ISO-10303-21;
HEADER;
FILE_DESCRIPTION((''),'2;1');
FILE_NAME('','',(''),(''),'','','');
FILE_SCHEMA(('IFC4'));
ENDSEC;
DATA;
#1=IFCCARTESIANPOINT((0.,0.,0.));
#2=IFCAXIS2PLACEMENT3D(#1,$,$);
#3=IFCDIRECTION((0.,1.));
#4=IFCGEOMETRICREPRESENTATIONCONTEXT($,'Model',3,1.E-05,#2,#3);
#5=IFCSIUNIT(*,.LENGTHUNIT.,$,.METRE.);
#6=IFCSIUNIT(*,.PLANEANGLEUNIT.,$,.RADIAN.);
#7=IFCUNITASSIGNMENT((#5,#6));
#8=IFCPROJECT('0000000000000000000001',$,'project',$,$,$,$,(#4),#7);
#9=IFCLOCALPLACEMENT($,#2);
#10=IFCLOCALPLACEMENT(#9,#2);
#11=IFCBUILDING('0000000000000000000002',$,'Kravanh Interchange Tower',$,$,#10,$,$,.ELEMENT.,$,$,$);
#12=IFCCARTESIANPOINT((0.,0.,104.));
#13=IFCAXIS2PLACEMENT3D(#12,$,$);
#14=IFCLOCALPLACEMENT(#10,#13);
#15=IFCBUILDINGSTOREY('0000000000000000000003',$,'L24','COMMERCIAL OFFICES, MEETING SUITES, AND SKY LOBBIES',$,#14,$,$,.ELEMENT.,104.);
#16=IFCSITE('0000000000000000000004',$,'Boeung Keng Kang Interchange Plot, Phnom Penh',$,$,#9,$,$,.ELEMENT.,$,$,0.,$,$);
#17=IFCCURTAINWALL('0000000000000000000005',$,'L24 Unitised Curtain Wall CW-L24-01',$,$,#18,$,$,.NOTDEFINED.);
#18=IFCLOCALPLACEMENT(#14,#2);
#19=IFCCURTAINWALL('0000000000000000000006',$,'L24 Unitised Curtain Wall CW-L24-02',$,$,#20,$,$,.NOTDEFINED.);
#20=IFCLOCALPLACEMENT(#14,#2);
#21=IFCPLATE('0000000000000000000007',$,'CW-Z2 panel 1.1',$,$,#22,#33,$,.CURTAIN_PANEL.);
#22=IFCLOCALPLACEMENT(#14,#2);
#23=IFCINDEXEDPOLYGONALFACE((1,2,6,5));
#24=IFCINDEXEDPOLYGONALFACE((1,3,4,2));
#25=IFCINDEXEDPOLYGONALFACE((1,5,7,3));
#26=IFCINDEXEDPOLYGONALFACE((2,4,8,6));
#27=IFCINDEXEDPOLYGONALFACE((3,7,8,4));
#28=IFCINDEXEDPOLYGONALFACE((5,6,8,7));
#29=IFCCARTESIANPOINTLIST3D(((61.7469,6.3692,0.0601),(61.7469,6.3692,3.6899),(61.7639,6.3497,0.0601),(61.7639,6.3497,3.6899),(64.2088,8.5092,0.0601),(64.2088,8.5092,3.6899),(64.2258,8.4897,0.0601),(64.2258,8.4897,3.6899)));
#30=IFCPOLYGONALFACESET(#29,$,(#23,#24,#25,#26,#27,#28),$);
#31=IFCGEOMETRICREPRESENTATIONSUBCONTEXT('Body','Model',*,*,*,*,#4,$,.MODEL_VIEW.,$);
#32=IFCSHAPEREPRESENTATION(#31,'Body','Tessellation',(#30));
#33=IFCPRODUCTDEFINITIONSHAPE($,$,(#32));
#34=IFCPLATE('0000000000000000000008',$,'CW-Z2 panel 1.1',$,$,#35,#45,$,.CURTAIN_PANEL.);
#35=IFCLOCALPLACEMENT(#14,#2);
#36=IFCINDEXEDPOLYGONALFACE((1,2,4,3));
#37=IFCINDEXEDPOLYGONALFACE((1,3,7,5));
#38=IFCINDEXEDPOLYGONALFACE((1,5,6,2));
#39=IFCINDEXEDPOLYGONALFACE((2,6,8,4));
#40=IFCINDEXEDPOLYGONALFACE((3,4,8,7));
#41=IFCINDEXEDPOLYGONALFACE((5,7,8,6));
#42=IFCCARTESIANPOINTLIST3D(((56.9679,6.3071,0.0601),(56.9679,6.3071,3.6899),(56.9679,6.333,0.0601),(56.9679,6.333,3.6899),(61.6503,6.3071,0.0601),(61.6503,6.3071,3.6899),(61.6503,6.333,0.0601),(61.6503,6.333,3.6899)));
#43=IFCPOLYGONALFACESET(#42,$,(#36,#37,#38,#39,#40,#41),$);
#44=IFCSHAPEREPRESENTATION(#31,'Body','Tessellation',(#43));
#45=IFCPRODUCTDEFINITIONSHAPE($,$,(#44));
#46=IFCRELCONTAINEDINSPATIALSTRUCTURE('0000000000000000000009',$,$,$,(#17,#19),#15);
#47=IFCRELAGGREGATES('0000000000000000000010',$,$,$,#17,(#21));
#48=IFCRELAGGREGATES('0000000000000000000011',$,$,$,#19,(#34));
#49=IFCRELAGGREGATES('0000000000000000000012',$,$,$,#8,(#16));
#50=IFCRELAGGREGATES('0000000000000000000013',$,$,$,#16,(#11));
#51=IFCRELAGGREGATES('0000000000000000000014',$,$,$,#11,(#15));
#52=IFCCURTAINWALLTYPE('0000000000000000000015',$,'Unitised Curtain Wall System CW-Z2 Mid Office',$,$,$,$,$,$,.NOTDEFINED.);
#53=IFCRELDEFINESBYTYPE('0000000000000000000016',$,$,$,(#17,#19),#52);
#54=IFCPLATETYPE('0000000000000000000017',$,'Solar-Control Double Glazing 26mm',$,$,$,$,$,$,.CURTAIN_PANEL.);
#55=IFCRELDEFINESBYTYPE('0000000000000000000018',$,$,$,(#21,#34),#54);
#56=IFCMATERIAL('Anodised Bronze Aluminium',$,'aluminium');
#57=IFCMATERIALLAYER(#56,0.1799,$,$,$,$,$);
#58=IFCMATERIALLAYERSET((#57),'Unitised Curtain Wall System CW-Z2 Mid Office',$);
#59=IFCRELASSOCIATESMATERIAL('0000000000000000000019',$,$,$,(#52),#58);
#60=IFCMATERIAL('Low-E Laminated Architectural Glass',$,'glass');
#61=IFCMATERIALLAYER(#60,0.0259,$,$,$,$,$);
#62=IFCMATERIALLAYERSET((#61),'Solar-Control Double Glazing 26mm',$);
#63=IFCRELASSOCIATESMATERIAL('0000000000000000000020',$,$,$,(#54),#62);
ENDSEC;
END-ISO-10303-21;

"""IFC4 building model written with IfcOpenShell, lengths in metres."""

from ifc_helpers import new_model, si_unit, direction, frame, origin, origin_2d, place, context, subcontext, project, spatial, rectangle, extrude, material, layer, layer_set, type_object, element, aggregate, save


model = new_model("IFC4")

# Units and contexts
model_context = context("Model", 3, precision=1e-05, world=origin(), true_north=direction((0.0, 1.0)))
body_context = subcontext(model_context, "Body", "Model", "MODEL_VIEW")
ifc_project = project(units=[si_unit("LENGTHUNIT", "METRE"), si_unit("PLANEANGLEUNIT", "RADIAN")], contexts=[model_context])

# Site, building, storey
site_placement = place(None, origin())
site = spatial("IfcSite", under=ifc_project, at=site_placement, Name="Boeung Keng Kang Interchange Plot, Phnom Penh", CompositionType="ELEMENT", RefElevation=0.0)
building_placement = place(site_placement, origin())
building = spatial("IfcBuilding", under=site, at=building_placement, Name="Kravanh Interchange Tower", CompositionType="ELEMENT")
storey_placement = place(building_placement, frame((0.0, 0.0, 104.0)))
storey = spatial("IfcBuildingStorey", under=building, at=storey_placement, Name="L24", Description="COMMERCIAL OFFICES, MEETING SUITES, AND SKY LOBBIES", CompositionType="ELEMENT", Elevation=104.0)

# Curtain walls
ifc_material_1 = material(Name="Anodised Bronze Aluminium", Category="aluminium")
ifc_layer_1 = layer(ifc_material_1, 0.1799)
ifc_layer_set_1 = layer_set([ifc_layer_1], Name="Unitised Curtain Wall System CW-Z2 Mid Office")
curtain_wall_type = type_object("IfcCurtainWallType", Name="Unitised Curtain Wall System CW-Z2 Mid Office", PredefinedType="NOTDEFINED", material=ifc_layer_set_1)
curtain_wall_1_placement = place(storey_placement, origin())
curtain_wall_1 = element("IfcCurtainWall", 1, at=curtain_wall_1_placement, inside=storey, type_object=curtain_wall_type, Name="L24 Unitised Curtain Wall CW-L24-01", PredefinedType="NOTDEFINED")
curtain_wall_2_placement = place(storey_placement, origin())
curtain_wall_2 = element("IfcCurtainWall", 2, at=curtain_wall_2_placement, inside=storey, type_object=curtain_wall_type, Name="L24 Unitised Curtain Wall CW-L24-02", PredefinedType="NOTDEFINED")

# Plates
ifc_material_2 = material(Name="Low-E Laminated Architectural Glass", Category="glass")
ifc_layer_2 = layer(ifc_material_2, 0.0259)
ifc_layer_set_2 = layer_set([ifc_layer_2], Name="Solar-Control Double Glazing 26mm")
plate_type = type_object("IfcPlateType", Name="Solar-Control Double Glazing 26mm", PredefinedType="CURTAIN_PANEL", material=ifc_layer_set_2)
plate_1_placement = place(storey_placement, frame((62.9863, 7.4294, 0.0601), z_axis=(0.0, 0.0, 1.0), x_axis=(-0.754719, -0.656048, 0.0)))
plate_1 = element("IfcPlate", 3, at=plate_1_placement, type_object=plate_type, Name="CW-Z2 panel 1.1", PredefinedType="CURTAIN_PANEL", context=body_context, shape_type="SweptSolid", body=[
    extrude(rectangle(XDim=3.262, YDim=0.0259, at=origin_2d()), origin(), (0.0, 0.0, 1.0), 3.6299),
])
aggregate(curtain_wall_1, [plate_1])
plate_2_placement = place(storey_placement, frame((59.3091, 6.3201, 0.0601), z_axis=(0.0, 0.0, 1.0), x_axis=(-1.0, 0.0, 0.0)))
plate_2 = element("IfcPlate", 4, at=plate_2_placement, type_object=plate_type, Name="CW-Z2 panel 1.1", PredefinedType="CURTAIN_PANEL", context=body_context, shape_type="SweptSolid", body=[
    extrude(rectangle(XDim=4.6824, YDim=0.0259, at=origin_2d()), origin(), (0.0, 0.0, 1.0), 3.6299),
])
aggregate(curtain_wall_2, [plate_2])

save(model, "model.ifc")
